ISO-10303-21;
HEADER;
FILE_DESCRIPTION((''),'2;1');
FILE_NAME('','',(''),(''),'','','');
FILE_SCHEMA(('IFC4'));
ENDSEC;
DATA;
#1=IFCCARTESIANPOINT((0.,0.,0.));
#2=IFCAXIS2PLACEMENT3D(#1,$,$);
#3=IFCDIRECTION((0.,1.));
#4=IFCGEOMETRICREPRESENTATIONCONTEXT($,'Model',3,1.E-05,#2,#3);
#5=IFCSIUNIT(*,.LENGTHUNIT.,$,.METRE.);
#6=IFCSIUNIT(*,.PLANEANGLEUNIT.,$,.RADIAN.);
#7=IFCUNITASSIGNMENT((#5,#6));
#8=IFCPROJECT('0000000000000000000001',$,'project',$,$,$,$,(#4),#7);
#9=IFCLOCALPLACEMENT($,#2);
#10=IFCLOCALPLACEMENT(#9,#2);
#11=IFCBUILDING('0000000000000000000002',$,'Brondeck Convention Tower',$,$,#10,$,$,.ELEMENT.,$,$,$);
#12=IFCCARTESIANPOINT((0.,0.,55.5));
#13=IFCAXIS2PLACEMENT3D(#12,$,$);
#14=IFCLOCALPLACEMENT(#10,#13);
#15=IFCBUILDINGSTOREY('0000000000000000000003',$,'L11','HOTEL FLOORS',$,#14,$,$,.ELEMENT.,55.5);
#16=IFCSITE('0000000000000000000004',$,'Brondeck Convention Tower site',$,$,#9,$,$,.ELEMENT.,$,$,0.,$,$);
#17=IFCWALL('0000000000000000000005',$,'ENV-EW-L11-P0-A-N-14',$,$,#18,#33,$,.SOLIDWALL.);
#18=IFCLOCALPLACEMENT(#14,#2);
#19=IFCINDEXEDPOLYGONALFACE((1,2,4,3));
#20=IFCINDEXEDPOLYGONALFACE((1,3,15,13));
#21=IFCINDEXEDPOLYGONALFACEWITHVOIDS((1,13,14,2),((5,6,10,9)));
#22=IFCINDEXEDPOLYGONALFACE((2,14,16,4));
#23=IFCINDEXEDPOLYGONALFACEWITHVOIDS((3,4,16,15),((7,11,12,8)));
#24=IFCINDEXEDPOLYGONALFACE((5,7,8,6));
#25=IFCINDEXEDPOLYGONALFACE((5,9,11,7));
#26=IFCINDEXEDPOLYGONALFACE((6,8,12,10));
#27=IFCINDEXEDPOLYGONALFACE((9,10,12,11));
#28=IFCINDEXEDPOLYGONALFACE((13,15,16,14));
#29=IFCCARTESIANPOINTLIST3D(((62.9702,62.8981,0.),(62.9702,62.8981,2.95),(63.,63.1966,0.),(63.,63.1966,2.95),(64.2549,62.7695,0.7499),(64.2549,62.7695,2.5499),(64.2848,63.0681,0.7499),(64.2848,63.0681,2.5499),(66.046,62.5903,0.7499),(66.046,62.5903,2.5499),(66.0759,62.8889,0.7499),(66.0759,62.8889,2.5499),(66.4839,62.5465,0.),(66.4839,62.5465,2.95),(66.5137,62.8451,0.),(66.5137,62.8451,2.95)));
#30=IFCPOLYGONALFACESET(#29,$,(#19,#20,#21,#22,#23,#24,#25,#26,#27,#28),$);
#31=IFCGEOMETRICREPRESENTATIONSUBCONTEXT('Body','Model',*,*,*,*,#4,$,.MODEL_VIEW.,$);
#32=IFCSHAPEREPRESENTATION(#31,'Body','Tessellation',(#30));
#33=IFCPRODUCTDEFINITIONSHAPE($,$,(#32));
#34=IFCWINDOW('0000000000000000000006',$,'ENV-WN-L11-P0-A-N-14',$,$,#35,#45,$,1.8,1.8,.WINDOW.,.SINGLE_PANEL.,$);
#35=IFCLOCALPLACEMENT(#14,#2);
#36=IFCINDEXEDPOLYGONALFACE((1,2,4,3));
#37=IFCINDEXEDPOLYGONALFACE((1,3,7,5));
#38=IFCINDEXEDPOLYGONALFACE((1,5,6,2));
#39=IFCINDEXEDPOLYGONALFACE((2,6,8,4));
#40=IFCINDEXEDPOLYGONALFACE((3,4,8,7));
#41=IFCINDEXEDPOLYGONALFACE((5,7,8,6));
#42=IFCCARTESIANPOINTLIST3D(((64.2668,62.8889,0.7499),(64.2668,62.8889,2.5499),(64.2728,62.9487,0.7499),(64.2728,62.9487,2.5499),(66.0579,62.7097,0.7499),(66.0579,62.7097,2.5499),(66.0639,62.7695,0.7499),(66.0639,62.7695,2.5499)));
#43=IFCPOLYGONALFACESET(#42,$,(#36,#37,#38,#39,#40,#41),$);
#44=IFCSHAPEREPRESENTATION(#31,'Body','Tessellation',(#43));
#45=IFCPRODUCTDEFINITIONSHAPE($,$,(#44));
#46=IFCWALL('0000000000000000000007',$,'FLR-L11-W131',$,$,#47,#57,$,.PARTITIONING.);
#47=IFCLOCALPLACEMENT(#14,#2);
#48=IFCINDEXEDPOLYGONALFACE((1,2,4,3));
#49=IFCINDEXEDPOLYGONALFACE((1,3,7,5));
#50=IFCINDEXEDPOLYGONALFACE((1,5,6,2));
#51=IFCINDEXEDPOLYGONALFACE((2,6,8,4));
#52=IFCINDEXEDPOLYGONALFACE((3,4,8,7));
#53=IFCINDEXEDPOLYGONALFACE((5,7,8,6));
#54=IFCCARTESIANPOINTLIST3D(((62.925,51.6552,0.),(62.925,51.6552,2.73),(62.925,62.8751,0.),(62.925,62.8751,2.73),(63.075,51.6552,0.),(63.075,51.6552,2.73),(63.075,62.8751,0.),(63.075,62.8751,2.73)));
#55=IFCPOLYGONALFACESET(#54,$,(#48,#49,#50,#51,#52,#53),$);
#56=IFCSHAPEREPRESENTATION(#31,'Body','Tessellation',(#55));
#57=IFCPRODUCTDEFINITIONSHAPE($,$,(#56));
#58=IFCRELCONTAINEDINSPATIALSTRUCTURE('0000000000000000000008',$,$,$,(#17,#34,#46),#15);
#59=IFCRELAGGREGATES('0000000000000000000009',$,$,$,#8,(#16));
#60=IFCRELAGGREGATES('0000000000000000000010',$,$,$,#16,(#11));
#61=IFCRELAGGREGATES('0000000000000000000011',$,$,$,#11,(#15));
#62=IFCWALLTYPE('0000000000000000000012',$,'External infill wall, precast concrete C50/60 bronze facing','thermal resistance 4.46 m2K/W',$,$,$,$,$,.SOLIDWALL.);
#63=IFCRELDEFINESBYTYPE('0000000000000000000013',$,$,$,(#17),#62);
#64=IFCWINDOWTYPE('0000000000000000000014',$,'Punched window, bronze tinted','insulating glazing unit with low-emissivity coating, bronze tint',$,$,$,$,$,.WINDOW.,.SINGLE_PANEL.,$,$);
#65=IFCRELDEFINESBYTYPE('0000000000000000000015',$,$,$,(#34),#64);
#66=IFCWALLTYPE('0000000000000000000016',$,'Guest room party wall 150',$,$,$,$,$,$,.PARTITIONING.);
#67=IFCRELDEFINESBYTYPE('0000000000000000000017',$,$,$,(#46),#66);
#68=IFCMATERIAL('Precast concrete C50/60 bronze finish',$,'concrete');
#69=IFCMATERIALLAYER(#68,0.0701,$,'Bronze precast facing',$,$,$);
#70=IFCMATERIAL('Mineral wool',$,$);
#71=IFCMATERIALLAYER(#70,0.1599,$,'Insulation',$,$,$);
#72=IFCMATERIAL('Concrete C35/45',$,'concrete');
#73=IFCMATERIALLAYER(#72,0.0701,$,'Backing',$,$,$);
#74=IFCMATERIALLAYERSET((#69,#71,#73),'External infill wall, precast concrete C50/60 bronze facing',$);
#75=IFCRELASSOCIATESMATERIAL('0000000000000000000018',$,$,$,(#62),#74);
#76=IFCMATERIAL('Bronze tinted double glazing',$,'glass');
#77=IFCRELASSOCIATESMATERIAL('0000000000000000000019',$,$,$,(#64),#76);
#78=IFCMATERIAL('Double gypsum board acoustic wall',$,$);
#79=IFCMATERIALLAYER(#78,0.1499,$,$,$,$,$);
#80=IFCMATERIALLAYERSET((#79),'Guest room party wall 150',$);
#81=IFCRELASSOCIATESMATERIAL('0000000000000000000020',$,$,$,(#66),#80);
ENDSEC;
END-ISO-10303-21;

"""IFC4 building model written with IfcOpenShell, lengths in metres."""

from ifc_helpers import new_model, si_unit, direction, frame, frame_2d, origin, place, context, subcontext, project, spatial, rectangle, extrude, material, layer, layer_set, type_object, element, fill, save


model = new_model("IFC4")

# Units and contexts
model_context = context("Model", 3, precision=1e-05, world=origin(), true_north=direction((0.0, 1.0)))
body_context = subcontext(model_context, "Body", "Model", "MODEL_VIEW")
ifc_project = project(units=[si_unit("LENGTHUNIT", "METRE"), si_unit("PLANEANGLEUNIT", "RADIAN")], contexts=[model_context])

# Site, building, storey
site_placement = place(None, origin())
site = spatial("IfcSite", under=ifc_project, at=site_placement, Name="Brondeck Convention Tower site", CompositionType="ELEMENT", RefElevation=0.0)
building_placement = place(site_placement, origin())
building = spatial("IfcBuilding", under=site, at=building_placement, Name="Brondeck Convention Tower", CompositionType="ELEMENT")
storey_placement = place(building_placement, frame((0.0, 0.0, 55.5)))
storey = spatial("IfcBuildingStorey", under=building, at=storey_placement, Name="L11", Description="HOTEL FLOORS", CompositionType="ELEMENT", Elevation=55.5)

# Shared definitions
ifc_material_1 = material(Name="Precast concrete C50/60 bronze finish", Category="concrete")
ifc_layer_1 = layer(ifc_material_1, 0.0701, Name="Bronze precast facing")
ifc_material_2 = material(Name="Mineral wool")
ifc_layer_2 = layer(ifc_material_2, 0.1599, Name="Insulation")
ifc_material_3 = material(Name="Concrete C35/45", Category="concrete")
ifc_layer_3 = layer(ifc_material_3, 0.0701, Name="Backing")
ifc_layer_set_1 = layer_set([ifc_layer_1, ifc_layer_2, ifc_layer_3], Name="External infill wall, precast concrete C50/60 bronze facing")
wall_type_1 = type_object("IfcWallType", Name="External infill wall, precast concrete C50/60 bronze facing", Description="thermal resistance 4.46 m2K/W", PredefinedType="SOLIDWALL", material=ifc_layer_set_1)
ifc_material_4 = material(Name="Bronze tinted double glazing", Category="glass")
window_type_1 = type_object("IfcWindowType", Name="Punched window, bronze tinted", Description="insulating glazing unit with low-emissivity coating, bronze tint", PartitioningType="SINGLE_PANEL", PredefinedType="WINDOW", material=ifc_material_4)

# Wall, opening, window
wall_1_placement = place(storey_placement, frame((62.9851, 63.0474, 0.0), z_axis=(0.0, 0.0, 1.0), x_axis=(0.995032, -0.099558, 0.0)))
wall_1 = element("IfcWall", 1, at=wall_1_placement, inside=storey, type_object=wall_type_1, Name="ENV-EW-L11-P0-A-N-14", PredefinedType="SOLIDWALL", context=body_context, shape_type="SweptSolid", body=[
    extrude(rectangle(XDim=3.5312, YDim=0.3, at=frame_2d((1.7656, 0.0))), origin(), (0.0, 0.0, 1.0), 2.95),
])
opening_1_placement = place(wall_1_placement, frame((1.2913, 0.0, 0.75)))
opening_1 = element("IfcOpeningElement", 2, at=opening_1_placement, cuts=wall_1, PredefinedType="OPENING", context=body_context, shape_type="SweptSolid", body=[
    extrude(rectangle(XDim=1.8, YDim=1.8, at=frame_2d((0.8999, 0.8999))), frame((0.0, 0.1599, 0.0), z_axis=(0.0, -1.0, 0.0), x_axis=(1.0, 0.0, 0.0)), (0.0, 0.0, 1.0), 0.3201),
])
window_1_placement = place(opening_1_placement, origin())
window_1 = element("IfcWindow", 3, at=window_1_placement, inside=storey, type_object=window_type_1, Name="ENV-WN-L11-P0-A-N-14", OverallHeight=1.8, OverallWidth=1.8, PartitioningType="SINGLE_PANEL", PredefinedType="WINDOW", context=body_context, shape_type="SweptSolid", body=[
    extrude(rectangle(XDim=1.8, YDim=1.8, at=frame_2d((0.8999, 0.8999))), frame((0.0, 0.03, 0.0), z_axis=(0.0, -1.0, 0.0), x_axis=(1.0, 0.0, 0.0)), (0.0, 0.0, 1.0), 0.0601),
])
fill(opening_1, window_1)

# Wall
ifc_material_5 = material(Name="Double gypsum board acoustic wall")
ifc_layer_4 = layer(ifc_material_5, 0.1499)
ifc_layer_set_2 = layer_set([ifc_layer_4], Name="Guest room party wall 150")
wall_type_2 = type_object("IfcWallType", Name="Guest room party wall 150", PredefinedType="PARTITIONING", material=ifc_layer_set_2)
wall_2_placement = place(storey_placement, frame((63.0, 62.875, 0.0), z_axis=(0.0, 0.0, 1.0), x_axis=(0.0, -1.0, 0.0)))
element("IfcWall", 4, at=wall_2_placement, inside=storey, type_object=wall_type_2, Name="FLR-L11-W131", PredefinedType="PARTITIONING", context=body_context, shape_type="SweptSolid", body=[
    extrude(rectangle(XDim=11.22, YDim=0.1499, at=frame_2d((5.6099, 0.0))), origin(), (0.0, 0.0, 1.0), 2.73),
])

save(model, "model.ifc")
